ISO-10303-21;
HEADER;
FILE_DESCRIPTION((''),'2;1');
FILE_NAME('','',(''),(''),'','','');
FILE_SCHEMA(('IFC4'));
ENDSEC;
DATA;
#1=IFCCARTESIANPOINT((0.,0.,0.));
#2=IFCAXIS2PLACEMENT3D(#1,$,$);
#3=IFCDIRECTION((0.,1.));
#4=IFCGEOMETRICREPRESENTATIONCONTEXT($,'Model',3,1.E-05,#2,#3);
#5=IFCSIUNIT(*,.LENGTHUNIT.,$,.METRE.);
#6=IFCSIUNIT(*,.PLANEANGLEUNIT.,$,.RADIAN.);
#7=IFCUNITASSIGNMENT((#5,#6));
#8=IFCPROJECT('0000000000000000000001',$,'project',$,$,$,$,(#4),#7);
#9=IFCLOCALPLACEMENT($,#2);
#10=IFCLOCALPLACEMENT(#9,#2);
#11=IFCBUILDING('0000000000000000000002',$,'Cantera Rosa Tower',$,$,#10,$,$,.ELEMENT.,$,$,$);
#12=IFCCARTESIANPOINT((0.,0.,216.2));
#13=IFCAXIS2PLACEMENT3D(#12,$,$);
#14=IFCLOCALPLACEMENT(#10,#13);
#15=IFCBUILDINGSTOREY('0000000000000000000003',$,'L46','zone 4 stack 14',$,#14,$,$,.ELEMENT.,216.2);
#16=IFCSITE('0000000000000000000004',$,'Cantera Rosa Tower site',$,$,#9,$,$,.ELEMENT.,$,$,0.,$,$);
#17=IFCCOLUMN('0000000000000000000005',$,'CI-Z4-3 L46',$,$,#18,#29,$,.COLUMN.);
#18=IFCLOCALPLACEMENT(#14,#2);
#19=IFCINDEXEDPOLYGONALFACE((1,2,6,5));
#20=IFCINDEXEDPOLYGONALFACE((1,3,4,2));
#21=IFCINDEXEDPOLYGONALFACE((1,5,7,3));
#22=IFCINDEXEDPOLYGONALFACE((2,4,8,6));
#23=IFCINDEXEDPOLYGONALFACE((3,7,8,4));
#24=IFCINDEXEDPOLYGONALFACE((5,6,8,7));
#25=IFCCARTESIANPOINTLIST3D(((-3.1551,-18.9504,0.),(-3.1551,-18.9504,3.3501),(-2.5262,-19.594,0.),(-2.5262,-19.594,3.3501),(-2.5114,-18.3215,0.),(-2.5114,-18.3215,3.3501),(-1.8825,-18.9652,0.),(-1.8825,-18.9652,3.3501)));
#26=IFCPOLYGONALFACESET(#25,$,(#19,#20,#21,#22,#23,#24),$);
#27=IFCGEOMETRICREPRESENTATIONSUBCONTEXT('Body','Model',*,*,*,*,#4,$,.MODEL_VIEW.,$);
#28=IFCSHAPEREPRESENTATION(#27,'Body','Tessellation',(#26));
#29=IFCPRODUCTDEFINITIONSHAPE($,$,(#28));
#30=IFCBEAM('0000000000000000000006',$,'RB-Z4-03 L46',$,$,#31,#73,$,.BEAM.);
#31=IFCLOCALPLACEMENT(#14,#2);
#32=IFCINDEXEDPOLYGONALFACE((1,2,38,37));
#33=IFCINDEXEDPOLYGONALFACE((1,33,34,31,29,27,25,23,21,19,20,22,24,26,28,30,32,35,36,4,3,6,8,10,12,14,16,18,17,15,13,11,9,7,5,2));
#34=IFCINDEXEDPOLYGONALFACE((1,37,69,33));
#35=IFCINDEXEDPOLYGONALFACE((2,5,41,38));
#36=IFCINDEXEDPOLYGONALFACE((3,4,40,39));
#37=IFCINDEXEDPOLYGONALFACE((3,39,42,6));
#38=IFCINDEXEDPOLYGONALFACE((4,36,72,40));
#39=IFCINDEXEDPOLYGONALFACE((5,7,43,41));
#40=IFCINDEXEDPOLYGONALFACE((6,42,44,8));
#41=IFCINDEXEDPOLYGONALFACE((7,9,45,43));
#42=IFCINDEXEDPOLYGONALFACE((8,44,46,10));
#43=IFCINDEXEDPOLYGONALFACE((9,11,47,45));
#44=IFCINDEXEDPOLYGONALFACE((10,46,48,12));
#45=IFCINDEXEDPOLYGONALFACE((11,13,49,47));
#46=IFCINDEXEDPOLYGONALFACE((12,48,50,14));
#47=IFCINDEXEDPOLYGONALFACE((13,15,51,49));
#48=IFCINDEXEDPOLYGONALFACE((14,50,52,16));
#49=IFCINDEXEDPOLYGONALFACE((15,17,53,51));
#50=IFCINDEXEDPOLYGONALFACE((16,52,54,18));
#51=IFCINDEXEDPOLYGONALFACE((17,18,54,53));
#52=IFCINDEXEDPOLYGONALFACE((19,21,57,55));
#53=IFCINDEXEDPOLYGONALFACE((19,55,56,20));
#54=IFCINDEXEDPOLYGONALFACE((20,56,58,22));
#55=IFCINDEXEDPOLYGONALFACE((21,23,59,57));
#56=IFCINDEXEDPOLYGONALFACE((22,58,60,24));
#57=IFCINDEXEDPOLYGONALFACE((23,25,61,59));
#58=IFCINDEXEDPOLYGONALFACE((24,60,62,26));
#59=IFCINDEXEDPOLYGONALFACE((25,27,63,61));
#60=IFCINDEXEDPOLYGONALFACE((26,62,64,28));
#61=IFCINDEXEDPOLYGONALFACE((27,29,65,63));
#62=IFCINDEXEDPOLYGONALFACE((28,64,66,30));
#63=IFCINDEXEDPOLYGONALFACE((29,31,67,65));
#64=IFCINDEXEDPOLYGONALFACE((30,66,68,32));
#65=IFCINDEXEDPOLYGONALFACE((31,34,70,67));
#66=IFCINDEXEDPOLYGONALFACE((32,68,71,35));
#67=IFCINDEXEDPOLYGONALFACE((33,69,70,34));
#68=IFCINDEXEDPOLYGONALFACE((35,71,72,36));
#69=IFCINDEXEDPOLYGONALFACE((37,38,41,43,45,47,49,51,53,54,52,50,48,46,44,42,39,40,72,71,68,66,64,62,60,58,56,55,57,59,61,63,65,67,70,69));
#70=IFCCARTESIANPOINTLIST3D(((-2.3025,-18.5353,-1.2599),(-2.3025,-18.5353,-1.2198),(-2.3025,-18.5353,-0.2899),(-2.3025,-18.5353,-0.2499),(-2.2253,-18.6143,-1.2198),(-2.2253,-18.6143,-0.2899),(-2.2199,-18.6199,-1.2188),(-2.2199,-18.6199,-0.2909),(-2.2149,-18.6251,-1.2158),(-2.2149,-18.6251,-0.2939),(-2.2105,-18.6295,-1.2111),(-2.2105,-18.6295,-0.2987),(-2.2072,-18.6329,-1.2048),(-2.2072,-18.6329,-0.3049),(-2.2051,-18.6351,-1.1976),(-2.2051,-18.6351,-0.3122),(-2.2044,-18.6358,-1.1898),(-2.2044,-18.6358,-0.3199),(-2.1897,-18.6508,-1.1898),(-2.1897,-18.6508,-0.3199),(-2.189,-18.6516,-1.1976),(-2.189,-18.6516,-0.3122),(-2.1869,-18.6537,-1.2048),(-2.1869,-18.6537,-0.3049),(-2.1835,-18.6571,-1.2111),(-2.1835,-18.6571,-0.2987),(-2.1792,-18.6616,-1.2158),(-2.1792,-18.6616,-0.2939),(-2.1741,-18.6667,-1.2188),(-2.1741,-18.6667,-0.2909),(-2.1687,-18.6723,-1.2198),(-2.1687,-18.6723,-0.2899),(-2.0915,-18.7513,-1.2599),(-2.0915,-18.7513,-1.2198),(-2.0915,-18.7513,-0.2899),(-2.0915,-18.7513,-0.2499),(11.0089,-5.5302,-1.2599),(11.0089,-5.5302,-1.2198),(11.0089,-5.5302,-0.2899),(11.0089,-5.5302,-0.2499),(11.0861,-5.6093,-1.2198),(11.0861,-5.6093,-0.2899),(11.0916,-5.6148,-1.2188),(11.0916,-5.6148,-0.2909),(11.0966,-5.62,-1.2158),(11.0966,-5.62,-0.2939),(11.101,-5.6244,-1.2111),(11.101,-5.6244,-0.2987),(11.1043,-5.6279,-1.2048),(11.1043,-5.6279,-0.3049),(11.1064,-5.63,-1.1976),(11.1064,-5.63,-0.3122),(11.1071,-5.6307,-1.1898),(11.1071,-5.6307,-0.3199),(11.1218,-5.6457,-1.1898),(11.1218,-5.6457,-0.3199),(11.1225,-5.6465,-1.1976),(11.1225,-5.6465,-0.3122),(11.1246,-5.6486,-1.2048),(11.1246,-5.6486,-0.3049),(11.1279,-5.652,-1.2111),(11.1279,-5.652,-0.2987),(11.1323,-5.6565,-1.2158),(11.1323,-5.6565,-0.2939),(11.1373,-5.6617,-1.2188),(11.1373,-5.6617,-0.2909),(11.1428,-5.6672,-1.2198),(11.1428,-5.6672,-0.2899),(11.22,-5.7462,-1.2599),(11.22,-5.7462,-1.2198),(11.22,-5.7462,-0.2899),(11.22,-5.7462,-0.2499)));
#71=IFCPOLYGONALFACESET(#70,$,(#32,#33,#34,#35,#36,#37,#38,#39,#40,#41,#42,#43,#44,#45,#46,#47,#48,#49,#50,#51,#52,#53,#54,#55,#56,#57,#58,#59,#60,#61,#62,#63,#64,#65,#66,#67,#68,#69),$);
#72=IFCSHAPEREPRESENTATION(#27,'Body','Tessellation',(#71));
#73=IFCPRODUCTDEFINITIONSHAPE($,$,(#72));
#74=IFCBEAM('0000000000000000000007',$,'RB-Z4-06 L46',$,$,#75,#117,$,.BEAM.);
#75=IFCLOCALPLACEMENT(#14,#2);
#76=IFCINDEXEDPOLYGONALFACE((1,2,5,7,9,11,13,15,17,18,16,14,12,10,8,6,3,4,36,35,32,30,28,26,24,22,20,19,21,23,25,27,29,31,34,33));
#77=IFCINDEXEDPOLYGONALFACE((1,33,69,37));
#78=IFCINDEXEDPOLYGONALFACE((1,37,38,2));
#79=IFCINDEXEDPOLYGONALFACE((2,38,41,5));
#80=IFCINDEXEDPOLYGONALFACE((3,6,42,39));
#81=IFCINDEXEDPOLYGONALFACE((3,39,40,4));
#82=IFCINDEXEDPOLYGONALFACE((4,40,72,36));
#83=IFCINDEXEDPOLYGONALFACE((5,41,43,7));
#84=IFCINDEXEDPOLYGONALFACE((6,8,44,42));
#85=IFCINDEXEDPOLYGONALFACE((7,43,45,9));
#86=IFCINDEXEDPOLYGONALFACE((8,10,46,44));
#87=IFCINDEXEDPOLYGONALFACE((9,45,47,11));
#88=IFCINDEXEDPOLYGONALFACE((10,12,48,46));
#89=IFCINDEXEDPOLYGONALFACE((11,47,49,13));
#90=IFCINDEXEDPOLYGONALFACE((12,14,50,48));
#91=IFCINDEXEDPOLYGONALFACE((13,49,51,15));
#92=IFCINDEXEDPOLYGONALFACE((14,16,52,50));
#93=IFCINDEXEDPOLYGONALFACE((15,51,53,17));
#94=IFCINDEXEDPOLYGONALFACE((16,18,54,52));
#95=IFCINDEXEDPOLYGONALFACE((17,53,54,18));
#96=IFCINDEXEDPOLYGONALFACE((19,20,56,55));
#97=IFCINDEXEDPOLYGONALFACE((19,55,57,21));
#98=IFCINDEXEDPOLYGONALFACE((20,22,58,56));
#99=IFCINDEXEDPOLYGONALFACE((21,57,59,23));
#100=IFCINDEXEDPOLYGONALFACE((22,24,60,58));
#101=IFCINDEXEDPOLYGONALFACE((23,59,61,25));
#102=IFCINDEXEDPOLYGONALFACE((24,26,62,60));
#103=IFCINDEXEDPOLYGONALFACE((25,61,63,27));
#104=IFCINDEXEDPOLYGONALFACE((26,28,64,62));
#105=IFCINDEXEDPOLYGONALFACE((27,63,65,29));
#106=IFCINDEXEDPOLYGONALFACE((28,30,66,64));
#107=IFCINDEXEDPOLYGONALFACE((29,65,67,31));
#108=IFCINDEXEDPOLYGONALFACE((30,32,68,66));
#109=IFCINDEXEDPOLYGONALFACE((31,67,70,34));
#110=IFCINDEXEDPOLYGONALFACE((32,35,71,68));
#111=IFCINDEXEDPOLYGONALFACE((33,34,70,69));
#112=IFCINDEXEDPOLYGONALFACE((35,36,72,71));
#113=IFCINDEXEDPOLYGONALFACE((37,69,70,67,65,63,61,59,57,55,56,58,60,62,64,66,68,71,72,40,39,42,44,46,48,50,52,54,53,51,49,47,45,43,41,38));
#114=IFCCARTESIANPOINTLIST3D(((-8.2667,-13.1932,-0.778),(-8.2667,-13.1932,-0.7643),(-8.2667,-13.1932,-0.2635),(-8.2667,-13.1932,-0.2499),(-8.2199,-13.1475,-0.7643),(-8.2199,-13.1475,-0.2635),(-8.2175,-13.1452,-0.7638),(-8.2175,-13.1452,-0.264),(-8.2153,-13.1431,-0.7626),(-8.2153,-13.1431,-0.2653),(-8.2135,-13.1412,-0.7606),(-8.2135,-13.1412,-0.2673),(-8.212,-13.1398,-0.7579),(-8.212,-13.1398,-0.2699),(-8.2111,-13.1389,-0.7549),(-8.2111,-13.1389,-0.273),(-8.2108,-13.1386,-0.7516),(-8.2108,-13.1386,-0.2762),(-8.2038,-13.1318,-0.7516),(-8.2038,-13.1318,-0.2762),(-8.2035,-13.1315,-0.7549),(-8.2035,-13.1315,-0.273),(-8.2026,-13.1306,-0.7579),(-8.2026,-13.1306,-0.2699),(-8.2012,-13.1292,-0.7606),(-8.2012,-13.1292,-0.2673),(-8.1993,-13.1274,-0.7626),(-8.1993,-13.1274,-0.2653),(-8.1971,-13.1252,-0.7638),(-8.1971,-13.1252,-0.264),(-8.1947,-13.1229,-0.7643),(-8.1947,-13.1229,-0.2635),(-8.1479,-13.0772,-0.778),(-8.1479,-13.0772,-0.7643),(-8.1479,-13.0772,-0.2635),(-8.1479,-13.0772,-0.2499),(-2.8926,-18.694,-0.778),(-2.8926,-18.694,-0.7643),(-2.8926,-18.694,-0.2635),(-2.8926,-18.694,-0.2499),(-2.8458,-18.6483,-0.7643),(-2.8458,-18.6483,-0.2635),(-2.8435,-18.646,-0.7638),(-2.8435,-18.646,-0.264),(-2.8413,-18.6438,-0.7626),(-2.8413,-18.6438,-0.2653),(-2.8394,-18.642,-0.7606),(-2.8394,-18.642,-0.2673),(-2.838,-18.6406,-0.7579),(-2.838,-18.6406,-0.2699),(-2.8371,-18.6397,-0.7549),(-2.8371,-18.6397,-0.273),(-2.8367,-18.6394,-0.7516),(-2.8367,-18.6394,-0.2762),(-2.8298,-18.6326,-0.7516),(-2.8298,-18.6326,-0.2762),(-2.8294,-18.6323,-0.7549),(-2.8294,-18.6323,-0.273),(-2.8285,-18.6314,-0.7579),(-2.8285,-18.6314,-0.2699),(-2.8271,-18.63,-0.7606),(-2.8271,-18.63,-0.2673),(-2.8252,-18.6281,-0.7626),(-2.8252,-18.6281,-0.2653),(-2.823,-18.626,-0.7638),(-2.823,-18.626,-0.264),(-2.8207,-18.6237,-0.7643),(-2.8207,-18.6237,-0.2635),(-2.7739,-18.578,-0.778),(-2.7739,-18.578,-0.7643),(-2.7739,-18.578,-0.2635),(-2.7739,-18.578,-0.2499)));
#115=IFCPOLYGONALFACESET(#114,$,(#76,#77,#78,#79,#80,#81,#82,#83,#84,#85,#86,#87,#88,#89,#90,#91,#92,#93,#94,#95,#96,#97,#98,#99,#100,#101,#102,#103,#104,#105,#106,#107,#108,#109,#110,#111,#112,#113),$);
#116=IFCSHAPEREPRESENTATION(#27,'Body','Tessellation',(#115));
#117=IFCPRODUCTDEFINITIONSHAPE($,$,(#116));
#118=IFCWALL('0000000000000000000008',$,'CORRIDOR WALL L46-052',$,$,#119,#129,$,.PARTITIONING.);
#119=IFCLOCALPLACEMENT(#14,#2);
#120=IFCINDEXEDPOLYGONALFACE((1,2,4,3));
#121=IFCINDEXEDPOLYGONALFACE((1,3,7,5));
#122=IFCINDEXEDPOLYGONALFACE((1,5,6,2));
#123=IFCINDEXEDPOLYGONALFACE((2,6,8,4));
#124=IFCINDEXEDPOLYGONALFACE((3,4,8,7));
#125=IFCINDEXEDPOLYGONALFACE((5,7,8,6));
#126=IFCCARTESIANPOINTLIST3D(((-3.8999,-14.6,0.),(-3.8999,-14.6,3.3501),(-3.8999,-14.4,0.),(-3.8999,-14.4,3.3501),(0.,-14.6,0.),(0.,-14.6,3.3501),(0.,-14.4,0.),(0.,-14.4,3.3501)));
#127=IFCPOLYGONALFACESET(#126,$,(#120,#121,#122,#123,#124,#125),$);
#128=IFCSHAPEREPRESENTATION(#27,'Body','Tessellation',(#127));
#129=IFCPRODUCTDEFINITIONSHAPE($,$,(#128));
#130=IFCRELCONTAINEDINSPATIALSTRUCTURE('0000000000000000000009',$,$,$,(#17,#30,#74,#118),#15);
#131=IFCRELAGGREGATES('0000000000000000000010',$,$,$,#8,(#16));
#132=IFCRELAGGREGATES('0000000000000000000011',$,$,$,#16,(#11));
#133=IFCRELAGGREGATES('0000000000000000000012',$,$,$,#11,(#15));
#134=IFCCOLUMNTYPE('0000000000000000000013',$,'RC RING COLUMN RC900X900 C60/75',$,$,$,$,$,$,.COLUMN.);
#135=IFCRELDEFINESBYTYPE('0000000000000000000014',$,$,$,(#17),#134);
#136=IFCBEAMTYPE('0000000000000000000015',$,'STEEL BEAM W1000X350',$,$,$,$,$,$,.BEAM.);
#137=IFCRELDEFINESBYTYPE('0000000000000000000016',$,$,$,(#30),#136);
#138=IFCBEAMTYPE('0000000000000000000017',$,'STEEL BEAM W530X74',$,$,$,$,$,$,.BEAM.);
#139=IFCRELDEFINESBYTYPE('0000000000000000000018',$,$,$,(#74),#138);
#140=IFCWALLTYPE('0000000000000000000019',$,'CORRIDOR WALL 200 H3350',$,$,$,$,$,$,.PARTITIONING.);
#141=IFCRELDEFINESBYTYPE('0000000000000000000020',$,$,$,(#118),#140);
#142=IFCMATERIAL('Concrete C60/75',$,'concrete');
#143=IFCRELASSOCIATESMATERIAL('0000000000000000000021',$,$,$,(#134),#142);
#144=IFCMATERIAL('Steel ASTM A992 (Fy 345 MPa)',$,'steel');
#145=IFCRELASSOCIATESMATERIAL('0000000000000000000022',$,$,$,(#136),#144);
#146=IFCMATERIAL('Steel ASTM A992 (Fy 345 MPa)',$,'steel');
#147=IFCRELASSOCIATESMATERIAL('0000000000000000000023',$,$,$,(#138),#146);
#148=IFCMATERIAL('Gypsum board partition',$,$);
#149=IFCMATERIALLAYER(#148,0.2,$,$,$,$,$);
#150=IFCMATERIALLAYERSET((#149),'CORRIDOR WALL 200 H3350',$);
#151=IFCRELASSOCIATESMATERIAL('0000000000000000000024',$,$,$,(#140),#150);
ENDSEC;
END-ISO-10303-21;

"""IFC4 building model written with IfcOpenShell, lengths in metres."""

from ifc_helpers import new_model, si_unit, direction, frame, frame_2d, origin, origin_2d, place, context, subcontext, project, spatial, rectangle, i_section, extrude, material, layer, layer_set, material_profile, profile_set, type_object, element, save


model = new_model("IFC4")

# Units and contexts
model_context = context("Model", 3, precision=1e-05, world=origin(), true_north=direction((0.0, 1.0)))
body_context = subcontext(model_context, "Body", "Model", "MODEL_VIEW")
ifc_project = project(units=[si_unit("LENGTHUNIT", "METRE"), si_unit("PLANEANGLEUNIT", "RADIAN")], contexts=[model_context])

# Site, building, storey
site_placement = place(None, origin())
site = spatial("IfcSite", under=ifc_project, at=site_placement, Name="Cantera Rosa Tower site", CompositionType="ELEMENT", RefElevation=0.0)
building_placement = place(site_placement, origin())
building = spatial("IfcBuilding", under=site, at=building_placement, Name="Cantera Rosa Tower", CompositionType="ELEMENT")
storey_placement = place(building_placement, frame((0.0, 0.0, 216.2)))
storey = spatial("IfcBuildingStorey", under=building, at=storey_placement, Name="L46", Description="zone 4 stack 14", CompositionType="ELEMENT", Elevation=216.2)

# Column
ifc_material_1 = material(Name="Concrete C60/75", Category="concrete")
ifc_material_profile_1 = material_profile(ifc_material_1, rectangle(XDim=0.8999, YDim=0.8999, at=origin_2d()), Name="RC RING COLUMN RC900X900 C60/75")
ifc_profile_set_1 = profile_set([ifc_material_profile_1], Name="Concrete C60/75")
column_type = type_object("IfcColumnType", Name="RC RING COLUMN RC900X900 C60/75", PredefinedType="COLUMN", material=ifc_profile_set_1)
column_placement = place(storey_placement, frame((-2.5188, -18.9578, 0.0), z_axis=(0.0, 0.0, 1.0), x_axis=(0.715286, 0.698832, 0.0)))
element("IfcColumn", 1, at=column_placement, inside=storey, type_object=column_type, Name="CI-Z4-3 L46", PredefinedType="COLUMN", context=body_context, shape_type="SweptSolid", body=[
    extrude(rectangle(XDim=0.8999, YDim=0.8999, at=origin_2d()), origin(), (0.0, 0.0, 1.0), 3.3501),
])

# Beams
ifc_material_2 = material(Name="Steel ASTM A992 (Fy 345 MPa)", Category="steel")
ifc_material_profile_2 = material_profile(ifc_material_2, i_section(OverallWidth=0.302, OverallDepth=1.01, WebThickness=0.021, FlangeThickness=0.04, FilletRadius=0.03, at=origin_2d()), Name="W1000X350")
ifc_profile_set_2 = profile_set([ifc_material_profile_2], Name="Steel ASTM A992 (Fy 345 MPa)")
beam_type_1 = type_object("IfcBeamType", Name="STEEL BEAM W1000X350", PredefinedType="BEAM", material=ifc_profile_set_2)
beam_1_placement = place(storey_placement, frame((-2.197, -18.6433, -0.7549), z_axis=(0.715291, 0.698827, 0.0), x_axis=(-0.698827, 0.715291, 0.0)))
element("IfcBeam", 2, at=beam_1_placement, inside=storey, type_object=beam_type_1, Name="RB-Z4-03 L46", PredefinedType="BEAM", context=body_context, shape_type="SweptSolid", body=[
    extrude(i_section(OverallWidth=0.302, OverallDepth=1.01, WebThickness=0.021, FlangeThickness=0.04, FilletRadius=0.03, at=origin_2d()), origin(), (0.0, 0.0, 1.0), 18.6099),
])
ifc_material_3 = material(Name="Steel ASTM A992 (Fy 345 MPa)", Category="steel")
ifc_material_profile_3 = material_profile(ifc_material_3, i_section(OverallWidth=0.166, OverallDepth=0.5281, WebThickness=0.0098, FlangeThickness=0.0137, FilletRadius=0.0127, at=origin_2d()), Name="W530X74")
ifc_profile_set_3 = profile_set([ifc_material_profile_3], Name="Steel ASTM A992 (Fy 345 MPa)")
beam_type_2 = type_object("IfcBeamType", Name="STEEL BEAM W530X74", PredefinedType="BEAM", material=ifc_profile_set_3)
beam_2_placement = place(storey_placement, frame((-2.8333, -18.636, -0.5139), z_axis=(-0.69882, 0.715297, 0.0), x_axis=(-0.715297, -0.69882, 0.0)))
element("IfcBeam", 3, at=beam_2_placement, inside=storey, type_object=beam_type_2, Name="RB-Z4-06 L46", PredefinedType="BEAM", context=body_context, shape_type="SweptSolid", body=[
    extrude(i_section(OverallWidth=0.166, OverallDepth=0.5281, WebThickness=0.0098, FlangeThickness=0.0137, FilletRadius=0.0127, at=origin_2d()), origin(), (0.0, 0.0, 1.0), 7.6902),
])

# Wall
ifc_material_4 = material(Name="Gypsum board partition")
ifc_layer_1 = layer(ifc_material_4, 0.2)
ifc_layer_set_1 = layer_set([ifc_layer_1], Name="CORRIDOR WALL 200 H3350")
wall_type_1 = type_object("IfcWallType", Name="CORRIDOR WALL 200 H3350", PredefinedType="PARTITIONING", material=ifc_layer_set_1)
wall_1_placement = place(storey_placement, frame((-3.8999, -14.5, 0.0), z_axis=(0.0, 0.0, 1.0), x_axis=(1.0, 0.0, 0.0)))
element("IfcWall", 4, at=wall_1_placement, inside=storey, type_object=wall_type_1, Name="CORRIDOR WALL L46-052", PredefinedType="PARTITIONING", context=body_context, shape_type="SweptSolid", body=[
    extrude(rectangle(XDim=3.8999, YDim=0.2, at=frame_2d((1.95, 0.0))), origin(), (0.0, 0.0, 1.0), 3.3501),
])

save(model, "model.ifc")
